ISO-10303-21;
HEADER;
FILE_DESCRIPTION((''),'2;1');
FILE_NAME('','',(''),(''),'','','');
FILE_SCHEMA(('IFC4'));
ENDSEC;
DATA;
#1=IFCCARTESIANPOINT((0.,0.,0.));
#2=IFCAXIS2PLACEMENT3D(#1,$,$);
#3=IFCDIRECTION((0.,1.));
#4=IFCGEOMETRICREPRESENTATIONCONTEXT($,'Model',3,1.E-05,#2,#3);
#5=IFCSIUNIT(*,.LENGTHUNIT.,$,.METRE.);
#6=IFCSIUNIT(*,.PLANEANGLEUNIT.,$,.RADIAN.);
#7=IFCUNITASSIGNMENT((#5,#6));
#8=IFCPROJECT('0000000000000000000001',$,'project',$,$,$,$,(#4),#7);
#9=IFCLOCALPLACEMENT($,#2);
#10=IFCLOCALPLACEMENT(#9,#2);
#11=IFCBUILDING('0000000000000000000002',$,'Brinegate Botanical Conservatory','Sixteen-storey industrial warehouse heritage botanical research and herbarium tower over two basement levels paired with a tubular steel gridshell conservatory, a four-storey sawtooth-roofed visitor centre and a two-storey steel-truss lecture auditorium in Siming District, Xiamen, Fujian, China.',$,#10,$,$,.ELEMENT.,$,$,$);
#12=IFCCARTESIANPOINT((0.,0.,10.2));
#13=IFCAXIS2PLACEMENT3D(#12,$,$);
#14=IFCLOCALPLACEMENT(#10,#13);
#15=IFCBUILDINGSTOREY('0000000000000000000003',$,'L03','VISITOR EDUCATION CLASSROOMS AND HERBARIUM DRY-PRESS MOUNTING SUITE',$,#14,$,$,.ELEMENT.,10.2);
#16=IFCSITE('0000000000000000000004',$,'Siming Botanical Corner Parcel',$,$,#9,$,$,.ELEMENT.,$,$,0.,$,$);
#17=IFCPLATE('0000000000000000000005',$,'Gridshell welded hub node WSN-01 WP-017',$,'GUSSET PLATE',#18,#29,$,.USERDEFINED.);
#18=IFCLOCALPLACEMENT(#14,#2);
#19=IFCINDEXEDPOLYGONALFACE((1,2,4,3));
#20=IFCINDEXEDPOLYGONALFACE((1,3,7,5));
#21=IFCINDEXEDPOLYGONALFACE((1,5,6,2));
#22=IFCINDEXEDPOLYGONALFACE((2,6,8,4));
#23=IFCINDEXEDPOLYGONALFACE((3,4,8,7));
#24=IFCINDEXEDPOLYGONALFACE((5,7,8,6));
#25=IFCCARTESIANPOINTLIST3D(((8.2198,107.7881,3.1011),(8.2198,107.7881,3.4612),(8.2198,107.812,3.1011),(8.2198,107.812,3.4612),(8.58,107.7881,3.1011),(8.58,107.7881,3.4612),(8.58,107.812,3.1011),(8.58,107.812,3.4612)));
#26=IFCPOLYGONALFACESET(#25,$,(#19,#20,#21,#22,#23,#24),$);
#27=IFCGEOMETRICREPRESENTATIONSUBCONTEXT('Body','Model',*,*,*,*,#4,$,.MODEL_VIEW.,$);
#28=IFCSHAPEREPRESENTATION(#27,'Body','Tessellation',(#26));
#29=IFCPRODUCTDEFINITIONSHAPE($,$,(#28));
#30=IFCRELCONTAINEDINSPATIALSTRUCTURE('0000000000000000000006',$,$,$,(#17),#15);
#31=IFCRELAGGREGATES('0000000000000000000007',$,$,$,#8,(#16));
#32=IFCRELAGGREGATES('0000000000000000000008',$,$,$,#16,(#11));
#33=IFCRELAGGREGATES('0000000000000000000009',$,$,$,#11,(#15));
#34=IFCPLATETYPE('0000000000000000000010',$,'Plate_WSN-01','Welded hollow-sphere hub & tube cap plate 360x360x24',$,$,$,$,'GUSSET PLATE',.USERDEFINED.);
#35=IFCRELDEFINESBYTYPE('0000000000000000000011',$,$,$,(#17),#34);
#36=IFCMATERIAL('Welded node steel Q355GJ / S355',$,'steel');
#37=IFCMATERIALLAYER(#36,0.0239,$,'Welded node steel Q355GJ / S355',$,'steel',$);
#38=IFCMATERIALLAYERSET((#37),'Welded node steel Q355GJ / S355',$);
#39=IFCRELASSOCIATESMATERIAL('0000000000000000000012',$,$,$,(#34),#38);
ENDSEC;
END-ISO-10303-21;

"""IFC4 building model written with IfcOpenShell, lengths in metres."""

from ifc_helpers import new_model, si_unit, direction, frame, origin, origin_2d, place, context, subcontext, project, spatial, rectangle, extrude, material, layer, layer_set, type_object, element, save


model = new_model("IFC4")

# Units and contexts
model_context = context("Model", 3, precision=1e-05, world=origin(), true_north=direction((0.0, 1.0)))
body_context = subcontext(model_context, "Body", "Model", "MODEL_VIEW")
ifc_project = project(units=[si_unit("LENGTHUNIT", "METRE"), si_unit("PLANEANGLEUNIT", "RADIAN")], contexts=[model_context])

# Site, building, storey
site_placement = place(None, origin())
site = spatial("IfcSite", under=ifc_project, at=site_placement, Name="Siming Botanical Corner Parcel", CompositionType="ELEMENT", RefElevation=0.0)
building_placement = place(site_placement, origin())
building = spatial("IfcBuilding", under=site, at=building_placement, Name="Brinegate Botanical Conservatory", Description="Sixteen-storey industrial warehouse heritage botanical research and herbarium tower over two basement levels paired with a tubular steel gridshell conservatory, a four-storey sawtooth-roofed visitor centre and a two-storey steel-truss lecture auditorium in Siming District, Xiamen, Fujian, China.", CompositionType="ELEMENT")
storey_placement = place(building_placement, frame((0.0, 0.0, 10.2)))
storey = spatial("IfcBuildingStorey", under=building, at=storey_placement, Name="L03", Description="VISITOR EDUCATION CLASSROOMS AND HERBARIUM DRY-PRESS MOUNTING SUITE", CompositionType="ELEMENT", Elevation=10.2)

# Shared definitions
ifc_material_1 = material(Name="Welded node steel Q355GJ / S355", Category="steel")

# Plate
ifc_layer_1 = layer(ifc_material_1, 0.0239, Name="Welded node steel Q355GJ / S355", Category="steel")
ifc_layer_set_1 = layer_set([ifc_layer_1], Name="Welded node steel Q355GJ / S355")
plate_type_1 = type_object("IfcPlateType", Name="Plate_WSN-01", Description="Welded hollow-sphere hub & tube cap plate 360x360x24", ElementType="GUSSET PLATE", PredefinedType="USERDEFINED", material=ifc_layer_set_1)
for number, where, z_axis, x_axis, name in (
    (1, (8.3999, 107.8, 3.1011), (0.0, 0.0, 1.0), (1.0, 0.0, 0.0), "Gridshell welded hub node WSN-01 WP-017"),
):
    element("IfcPlate", number, at=place(storey_placement, frame(where, z_axis=z_axis, x_axis=x_axis)), inside=storey, type_object=plate_type_1, Name=name, ObjectType="GUSSET PLATE", PredefinedType="USERDEFINED", context=body_context, shape_type="SweptSolid", body=[
        extrude(rectangle(XDim=0.3601, YDim=0.0239, at=origin_2d()), origin(), (0.0, 0.0, 1.0), 0.3601),
    ])

save(model, "model.ifc")
